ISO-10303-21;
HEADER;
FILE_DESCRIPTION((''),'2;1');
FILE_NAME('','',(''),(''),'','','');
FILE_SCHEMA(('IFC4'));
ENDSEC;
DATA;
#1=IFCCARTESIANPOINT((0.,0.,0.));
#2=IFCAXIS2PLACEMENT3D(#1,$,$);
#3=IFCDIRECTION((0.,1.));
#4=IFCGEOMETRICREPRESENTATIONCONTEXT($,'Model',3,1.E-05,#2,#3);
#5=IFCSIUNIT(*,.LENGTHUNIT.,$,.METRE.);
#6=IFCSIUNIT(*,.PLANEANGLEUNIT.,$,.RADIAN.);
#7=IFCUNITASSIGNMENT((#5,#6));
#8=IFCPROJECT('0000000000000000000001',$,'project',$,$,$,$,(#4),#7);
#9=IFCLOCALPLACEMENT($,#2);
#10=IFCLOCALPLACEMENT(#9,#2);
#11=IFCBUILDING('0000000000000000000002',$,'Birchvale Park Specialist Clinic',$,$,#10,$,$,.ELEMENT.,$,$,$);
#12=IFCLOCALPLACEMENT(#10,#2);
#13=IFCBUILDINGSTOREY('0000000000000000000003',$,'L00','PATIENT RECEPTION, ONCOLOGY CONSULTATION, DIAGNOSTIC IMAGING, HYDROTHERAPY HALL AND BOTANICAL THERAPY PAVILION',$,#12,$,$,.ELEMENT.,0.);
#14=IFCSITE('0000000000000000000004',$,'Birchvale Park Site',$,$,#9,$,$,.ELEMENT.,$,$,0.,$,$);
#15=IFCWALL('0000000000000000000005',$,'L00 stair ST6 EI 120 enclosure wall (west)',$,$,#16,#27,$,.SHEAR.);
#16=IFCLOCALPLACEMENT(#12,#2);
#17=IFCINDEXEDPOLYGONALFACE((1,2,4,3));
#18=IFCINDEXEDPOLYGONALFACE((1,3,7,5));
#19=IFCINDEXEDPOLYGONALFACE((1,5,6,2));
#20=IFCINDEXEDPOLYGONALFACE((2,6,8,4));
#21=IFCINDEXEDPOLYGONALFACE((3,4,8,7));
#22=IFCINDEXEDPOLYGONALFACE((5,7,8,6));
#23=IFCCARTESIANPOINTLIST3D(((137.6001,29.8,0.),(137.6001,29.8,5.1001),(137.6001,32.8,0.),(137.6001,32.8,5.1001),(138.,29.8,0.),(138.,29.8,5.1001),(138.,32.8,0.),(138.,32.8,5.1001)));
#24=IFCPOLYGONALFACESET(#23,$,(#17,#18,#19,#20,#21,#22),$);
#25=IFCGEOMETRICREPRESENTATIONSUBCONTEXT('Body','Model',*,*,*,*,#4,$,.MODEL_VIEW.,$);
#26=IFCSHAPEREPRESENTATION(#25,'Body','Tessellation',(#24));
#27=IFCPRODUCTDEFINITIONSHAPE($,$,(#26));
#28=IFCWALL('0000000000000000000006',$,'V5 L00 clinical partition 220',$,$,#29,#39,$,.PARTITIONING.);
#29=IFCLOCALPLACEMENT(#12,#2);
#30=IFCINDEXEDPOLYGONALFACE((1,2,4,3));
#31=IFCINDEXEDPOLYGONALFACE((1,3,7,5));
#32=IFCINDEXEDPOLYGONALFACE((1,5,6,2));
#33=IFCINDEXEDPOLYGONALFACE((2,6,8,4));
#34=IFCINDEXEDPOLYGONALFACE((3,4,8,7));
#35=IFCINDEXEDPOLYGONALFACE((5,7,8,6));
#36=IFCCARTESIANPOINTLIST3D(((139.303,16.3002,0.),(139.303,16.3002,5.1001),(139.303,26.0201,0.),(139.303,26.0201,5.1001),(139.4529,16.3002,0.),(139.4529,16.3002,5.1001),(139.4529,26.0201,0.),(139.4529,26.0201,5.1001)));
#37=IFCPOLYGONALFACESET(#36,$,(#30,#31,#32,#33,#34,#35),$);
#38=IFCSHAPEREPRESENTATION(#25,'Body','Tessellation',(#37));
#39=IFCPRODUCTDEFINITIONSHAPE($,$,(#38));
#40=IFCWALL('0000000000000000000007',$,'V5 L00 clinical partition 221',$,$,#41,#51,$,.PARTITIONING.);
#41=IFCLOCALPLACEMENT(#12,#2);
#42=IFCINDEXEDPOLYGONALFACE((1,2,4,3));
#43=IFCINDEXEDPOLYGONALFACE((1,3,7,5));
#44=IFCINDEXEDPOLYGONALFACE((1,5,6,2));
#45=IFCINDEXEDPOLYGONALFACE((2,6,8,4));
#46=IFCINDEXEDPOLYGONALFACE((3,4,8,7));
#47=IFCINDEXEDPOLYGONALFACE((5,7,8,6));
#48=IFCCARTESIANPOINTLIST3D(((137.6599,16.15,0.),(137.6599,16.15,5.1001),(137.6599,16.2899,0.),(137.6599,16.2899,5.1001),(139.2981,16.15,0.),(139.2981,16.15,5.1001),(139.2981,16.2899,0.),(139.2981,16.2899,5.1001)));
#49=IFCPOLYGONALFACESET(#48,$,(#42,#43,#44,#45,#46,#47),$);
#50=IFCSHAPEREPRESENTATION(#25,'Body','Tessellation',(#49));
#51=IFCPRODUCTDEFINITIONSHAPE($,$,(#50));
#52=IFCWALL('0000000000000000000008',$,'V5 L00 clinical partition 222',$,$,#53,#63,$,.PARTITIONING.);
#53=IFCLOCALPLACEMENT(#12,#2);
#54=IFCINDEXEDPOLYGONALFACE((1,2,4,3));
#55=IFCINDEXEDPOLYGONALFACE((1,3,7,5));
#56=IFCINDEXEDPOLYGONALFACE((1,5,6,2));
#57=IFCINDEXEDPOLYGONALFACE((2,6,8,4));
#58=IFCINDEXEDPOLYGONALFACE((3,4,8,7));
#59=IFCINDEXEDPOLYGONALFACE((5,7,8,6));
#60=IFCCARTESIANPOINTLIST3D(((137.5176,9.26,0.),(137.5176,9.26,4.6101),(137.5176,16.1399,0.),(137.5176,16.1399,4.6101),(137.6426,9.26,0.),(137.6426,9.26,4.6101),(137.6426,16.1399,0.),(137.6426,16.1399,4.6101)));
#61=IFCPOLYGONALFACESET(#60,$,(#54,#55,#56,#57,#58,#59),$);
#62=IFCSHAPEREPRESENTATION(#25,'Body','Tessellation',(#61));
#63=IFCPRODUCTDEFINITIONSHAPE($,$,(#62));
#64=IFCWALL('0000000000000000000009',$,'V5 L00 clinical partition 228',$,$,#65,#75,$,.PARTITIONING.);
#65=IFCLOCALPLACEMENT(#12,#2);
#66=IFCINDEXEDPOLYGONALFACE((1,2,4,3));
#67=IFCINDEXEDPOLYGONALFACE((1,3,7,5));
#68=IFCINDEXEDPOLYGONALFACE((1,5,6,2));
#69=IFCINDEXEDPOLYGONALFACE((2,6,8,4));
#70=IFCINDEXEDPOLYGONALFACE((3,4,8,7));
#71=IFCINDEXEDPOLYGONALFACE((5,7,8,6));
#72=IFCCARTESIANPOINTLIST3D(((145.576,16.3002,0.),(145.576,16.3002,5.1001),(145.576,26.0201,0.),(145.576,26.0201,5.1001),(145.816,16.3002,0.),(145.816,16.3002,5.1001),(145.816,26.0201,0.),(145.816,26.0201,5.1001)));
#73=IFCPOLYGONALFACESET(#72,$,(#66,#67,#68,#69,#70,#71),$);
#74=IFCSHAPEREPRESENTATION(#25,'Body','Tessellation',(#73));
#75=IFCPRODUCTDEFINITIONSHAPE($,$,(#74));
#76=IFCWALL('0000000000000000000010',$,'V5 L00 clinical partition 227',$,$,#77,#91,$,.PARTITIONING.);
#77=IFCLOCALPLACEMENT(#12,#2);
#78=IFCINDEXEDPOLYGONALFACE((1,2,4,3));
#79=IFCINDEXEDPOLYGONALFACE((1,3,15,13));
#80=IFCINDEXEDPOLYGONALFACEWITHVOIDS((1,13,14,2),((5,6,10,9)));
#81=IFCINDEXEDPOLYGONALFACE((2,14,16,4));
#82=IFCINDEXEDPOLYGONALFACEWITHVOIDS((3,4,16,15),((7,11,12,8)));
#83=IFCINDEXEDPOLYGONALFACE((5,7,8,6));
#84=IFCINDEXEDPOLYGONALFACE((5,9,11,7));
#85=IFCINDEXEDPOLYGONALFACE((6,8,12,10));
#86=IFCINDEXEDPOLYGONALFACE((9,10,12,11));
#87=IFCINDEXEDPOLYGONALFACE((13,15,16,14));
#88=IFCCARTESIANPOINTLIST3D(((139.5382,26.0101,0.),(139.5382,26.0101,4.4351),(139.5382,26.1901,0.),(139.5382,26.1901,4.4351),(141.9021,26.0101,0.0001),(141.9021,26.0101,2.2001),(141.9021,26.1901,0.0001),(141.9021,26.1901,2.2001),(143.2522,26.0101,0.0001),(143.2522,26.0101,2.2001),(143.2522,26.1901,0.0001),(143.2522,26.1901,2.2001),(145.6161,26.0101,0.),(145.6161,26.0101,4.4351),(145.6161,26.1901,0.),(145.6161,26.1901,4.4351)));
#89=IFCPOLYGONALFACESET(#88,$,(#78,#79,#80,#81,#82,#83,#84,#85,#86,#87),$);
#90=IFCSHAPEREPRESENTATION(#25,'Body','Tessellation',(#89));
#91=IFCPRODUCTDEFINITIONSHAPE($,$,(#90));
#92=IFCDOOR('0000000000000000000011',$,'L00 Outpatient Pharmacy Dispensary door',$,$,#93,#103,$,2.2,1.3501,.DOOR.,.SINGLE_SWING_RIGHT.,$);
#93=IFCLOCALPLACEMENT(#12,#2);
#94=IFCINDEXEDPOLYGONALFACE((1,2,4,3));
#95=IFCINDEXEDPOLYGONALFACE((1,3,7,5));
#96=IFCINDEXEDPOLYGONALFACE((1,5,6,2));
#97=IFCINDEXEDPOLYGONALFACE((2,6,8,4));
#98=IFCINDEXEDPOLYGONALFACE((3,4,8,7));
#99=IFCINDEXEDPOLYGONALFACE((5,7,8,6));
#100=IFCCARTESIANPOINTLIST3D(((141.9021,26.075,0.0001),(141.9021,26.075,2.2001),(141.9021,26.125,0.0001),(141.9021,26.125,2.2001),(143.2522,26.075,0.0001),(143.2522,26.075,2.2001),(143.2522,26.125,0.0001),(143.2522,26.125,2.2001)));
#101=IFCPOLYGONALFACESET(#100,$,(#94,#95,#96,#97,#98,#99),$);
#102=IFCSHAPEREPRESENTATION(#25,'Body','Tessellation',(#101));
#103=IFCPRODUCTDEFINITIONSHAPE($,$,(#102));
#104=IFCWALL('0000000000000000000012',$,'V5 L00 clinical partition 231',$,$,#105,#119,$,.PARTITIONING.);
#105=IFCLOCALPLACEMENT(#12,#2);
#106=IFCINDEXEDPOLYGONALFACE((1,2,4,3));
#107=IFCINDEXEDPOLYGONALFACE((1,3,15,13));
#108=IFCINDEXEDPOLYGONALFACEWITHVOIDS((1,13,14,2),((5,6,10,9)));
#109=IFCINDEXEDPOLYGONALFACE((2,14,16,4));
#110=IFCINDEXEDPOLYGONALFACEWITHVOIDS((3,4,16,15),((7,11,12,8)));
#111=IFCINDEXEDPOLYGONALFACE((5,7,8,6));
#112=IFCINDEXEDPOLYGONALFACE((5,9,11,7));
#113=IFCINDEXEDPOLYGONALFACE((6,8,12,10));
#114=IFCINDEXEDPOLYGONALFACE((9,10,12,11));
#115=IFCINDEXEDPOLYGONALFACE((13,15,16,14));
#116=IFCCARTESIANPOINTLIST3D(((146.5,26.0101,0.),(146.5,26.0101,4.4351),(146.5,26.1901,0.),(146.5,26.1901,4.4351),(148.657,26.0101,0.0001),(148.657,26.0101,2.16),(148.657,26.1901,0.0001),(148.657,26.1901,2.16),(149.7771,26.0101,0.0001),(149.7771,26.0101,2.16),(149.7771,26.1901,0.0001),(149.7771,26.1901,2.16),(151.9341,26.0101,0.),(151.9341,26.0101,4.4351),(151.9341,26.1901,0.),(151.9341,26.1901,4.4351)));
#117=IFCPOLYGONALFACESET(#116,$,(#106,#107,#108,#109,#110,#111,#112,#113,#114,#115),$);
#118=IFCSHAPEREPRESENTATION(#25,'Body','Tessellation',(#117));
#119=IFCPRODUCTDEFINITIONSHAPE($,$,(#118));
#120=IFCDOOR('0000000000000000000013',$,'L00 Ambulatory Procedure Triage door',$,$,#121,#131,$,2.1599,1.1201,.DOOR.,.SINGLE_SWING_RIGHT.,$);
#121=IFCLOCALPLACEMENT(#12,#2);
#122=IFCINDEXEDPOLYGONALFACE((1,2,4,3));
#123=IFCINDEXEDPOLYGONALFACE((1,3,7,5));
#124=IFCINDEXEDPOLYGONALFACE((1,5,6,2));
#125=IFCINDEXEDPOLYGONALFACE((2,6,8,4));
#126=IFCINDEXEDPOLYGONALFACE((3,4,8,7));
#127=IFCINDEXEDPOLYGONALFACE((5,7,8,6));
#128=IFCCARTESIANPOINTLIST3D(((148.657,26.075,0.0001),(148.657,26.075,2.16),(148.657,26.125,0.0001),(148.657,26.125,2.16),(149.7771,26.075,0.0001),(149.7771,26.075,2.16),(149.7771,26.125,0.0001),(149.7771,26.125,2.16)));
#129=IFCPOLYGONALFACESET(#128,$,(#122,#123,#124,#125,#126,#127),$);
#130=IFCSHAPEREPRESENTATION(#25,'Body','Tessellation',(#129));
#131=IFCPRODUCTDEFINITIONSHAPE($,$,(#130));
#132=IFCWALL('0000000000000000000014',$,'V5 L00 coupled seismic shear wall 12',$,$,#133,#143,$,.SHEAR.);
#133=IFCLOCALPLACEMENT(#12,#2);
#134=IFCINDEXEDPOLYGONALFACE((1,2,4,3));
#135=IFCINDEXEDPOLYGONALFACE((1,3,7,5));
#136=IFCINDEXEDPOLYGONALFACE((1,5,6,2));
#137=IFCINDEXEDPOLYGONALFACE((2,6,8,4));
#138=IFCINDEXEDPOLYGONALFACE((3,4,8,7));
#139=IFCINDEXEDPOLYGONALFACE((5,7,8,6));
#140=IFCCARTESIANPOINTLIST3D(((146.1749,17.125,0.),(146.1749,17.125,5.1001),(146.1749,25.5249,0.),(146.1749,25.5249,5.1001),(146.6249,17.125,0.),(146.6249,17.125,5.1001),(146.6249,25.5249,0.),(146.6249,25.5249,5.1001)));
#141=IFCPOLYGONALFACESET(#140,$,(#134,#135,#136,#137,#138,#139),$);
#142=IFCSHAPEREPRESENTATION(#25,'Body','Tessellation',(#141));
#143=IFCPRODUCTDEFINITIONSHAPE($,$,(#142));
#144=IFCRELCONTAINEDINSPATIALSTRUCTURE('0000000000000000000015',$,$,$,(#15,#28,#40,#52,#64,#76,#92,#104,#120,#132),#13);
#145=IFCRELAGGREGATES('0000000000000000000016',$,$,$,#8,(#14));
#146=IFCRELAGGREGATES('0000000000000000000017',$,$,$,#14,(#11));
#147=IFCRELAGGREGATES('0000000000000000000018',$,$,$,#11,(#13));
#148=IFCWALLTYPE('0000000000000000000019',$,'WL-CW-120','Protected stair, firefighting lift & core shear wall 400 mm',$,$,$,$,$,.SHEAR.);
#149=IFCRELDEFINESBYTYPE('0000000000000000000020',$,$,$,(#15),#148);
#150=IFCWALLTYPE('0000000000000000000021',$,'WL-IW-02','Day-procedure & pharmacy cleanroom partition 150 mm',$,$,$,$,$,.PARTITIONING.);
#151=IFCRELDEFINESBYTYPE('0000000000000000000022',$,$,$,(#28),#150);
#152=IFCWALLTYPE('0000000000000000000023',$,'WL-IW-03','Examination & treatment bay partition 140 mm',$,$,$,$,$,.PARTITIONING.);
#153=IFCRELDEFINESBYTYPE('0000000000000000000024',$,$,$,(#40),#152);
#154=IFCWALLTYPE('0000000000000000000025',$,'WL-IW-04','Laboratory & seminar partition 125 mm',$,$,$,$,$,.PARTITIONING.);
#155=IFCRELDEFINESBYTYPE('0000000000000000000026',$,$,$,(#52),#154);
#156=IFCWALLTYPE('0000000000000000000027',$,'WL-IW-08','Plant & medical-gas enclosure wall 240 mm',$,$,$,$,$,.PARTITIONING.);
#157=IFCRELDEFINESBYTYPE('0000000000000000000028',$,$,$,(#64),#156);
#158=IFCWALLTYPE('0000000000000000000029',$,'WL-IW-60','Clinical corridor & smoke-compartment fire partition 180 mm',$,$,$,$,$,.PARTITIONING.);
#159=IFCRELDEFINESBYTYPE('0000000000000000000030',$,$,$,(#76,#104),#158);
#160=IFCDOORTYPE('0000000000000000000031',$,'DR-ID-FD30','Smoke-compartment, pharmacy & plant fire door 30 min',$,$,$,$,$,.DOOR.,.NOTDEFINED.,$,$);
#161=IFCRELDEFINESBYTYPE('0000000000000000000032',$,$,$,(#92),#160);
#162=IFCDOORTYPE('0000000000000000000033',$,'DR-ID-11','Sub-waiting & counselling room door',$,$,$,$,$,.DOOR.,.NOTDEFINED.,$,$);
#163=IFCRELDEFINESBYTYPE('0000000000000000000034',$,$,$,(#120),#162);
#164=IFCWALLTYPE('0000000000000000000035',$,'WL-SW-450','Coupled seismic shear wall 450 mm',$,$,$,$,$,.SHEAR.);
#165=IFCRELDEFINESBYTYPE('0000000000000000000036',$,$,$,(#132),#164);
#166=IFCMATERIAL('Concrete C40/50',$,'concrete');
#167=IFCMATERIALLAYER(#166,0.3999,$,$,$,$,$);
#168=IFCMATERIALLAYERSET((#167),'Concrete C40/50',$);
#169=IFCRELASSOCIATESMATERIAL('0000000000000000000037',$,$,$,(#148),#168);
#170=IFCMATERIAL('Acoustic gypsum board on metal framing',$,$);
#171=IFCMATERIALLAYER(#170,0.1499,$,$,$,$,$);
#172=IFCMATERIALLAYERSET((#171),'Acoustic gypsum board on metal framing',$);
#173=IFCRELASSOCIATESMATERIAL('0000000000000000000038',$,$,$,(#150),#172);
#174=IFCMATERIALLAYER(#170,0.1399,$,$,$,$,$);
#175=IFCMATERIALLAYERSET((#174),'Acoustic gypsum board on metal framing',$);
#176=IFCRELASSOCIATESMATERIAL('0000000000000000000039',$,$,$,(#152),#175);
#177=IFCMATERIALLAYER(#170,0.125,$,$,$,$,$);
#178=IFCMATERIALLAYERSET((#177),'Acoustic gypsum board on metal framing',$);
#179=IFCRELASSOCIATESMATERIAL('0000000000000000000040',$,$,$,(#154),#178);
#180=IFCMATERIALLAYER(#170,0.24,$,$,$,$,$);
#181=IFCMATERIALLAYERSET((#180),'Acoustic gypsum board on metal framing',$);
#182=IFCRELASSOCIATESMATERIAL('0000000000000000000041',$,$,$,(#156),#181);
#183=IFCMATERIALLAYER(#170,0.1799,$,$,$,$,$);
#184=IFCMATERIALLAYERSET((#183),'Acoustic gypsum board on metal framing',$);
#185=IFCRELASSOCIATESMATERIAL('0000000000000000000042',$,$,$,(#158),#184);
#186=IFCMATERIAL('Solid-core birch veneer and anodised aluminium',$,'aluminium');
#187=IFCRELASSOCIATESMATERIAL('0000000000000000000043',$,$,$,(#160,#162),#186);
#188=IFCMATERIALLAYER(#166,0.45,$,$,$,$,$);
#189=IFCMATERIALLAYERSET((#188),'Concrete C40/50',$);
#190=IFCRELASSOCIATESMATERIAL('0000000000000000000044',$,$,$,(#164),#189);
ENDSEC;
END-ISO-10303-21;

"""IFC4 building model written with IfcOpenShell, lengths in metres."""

from ifc_helpers import new_model, si_unit, direction, frame, frame_2d, origin, place, context, subcontext, project, spatial, rectangle, extrude, material, layer, layer_set, type_object, element, fill, save


model = new_model("IFC4")

# Units and contexts
model_context = context("Model", 3, precision=1e-05, world=origin(), true_north=direction((0.0, 1.0)))
body_context = subcontext(model_context, "Body", "Model", "MODEL_VIEW")
ifc_project = project(units=[si_unit("LENGTHUNIT", "METRE"), si_unit("PLANEANGLEUNIT", "RADIAN")], contexts=[model_context])

# Site, building, storey
site_placement = place(None, origin())
site = spatial("IfcSite", under=ifc_project, at=site_placement, Name="Birchvale Park Site", CompositionType="ELEMENT", RefElevation=0.0)
building_placement = place(site_placement, origin())
building = spatial("IfcBuilding", under=site, at=building_placement, Name="Birchvale Park Specialist Clinic", CompositionType="ELEMENT")
storey_placement = place(building_placement, origin())
storey = spatial("IfcBuildingStorey", under=building, at=storey_placement, Name="L00", Description="PATIENT RECEPTION, ONCOLOGY CONSULTATION, DIAGNOSTIC IMAGING, HYDROTHERAPY HALL AND BOTANICAL THERAPY PAVILION", CompositionType="ELEMENT", Elevation=0.0)

# Shared definitions
ifc_material_1 = material(Name="Concrete C40/50", Category="concrete")

# Shared definitions
ifc_layer_1 = layer(ifc_material_1, 0.3999)
ifc_layer_set_1 = layer_set([ifc_layer_1], Name="Concrete C40/50")
wall_type_1 = type_object("IfcWallType", Name="WL-CW-120", Description="Protected stair, firefighting lift & core shear wall 400 mm", PredefinedType="SHEAR", material=ifc_layer_set_1)
ifc_material_2 = material(Name="Solid-core birch veneer and anodised aluminium", Category="aluminium")

# Walls
wall_1_placement = place(storey_placement, frame((137.8, 29.8, 0.0), z_axis=(0.0, 0.0, 1.0), x_axis=(0.0, 1.0, 0.0)))
element("IfcWall", 1, at=wall_1_placement, inside=storey, type_object=wall_type_1, Name="L00 stair ST6 EI 120 enclosure wall (west)", PredefinedType="SHEAR", context=body_context, shape_type="SweptSolid", body=[
    extrude(rectangle(XDim=3.0, YDim=0.3999, at=frame_2d((1.5, 0.0))), origin(), (0.0, 0.0, 1.0), 5.1001),
])
ifc_material_3 = material(Name="Acoustic gypsum board on metal framing")
ifc_layer_2 = layer(ifc_material_3, 0.1499)
ifc_layer_set_2 = layer_set([ifc_layer_2], Name="Acoustic gypsum board on metal framing")
wall_type_2 = type_object("IfcWallType", Name="WL-IW-02", Description="Day-procedure & pharmacy cleanroom partition 150 mm", PredefinedType="PARTITIONING", material=ifc_layer_set_2)
wall_2_placement = place(storey_placement, frame((139.3779, 26.02, 0.0), z_axis=(0.0, 0.0, 1.0), x_axis=(0.0, -1.0, 0.0)))
element("IfcWall", 2, at=wall_2_placement, inside=storey, type_object=wall_type_2, Name="V5 L00 clinical partition 220", PredefinedType="PARTITIONING", context=body_context, shape_type="SweptSolid", body=[
    extrude(rectangle(XDim=9.72, YDim=0.1499, at=frame_2d((4.8599, 0.0))), origin(), (0.0, 0.0, 1.0), 5.1001),
])
ifc_layer_3 = layer(ifc_material_3, 0.1399)
ifc_layer_set_3 = layer_set([ifc_layer_3], Name="Acoustic gypsum board on metal framing")
wall_type_3 = type_object("IfcWallType", Name="WL-IW-03", Description="Examination & treatment bay partition 140 mm", PredefinedType="PARTITIONING", material=ifc_layer_set_3)
wall_3_placement = place(storey_placement, frame((139.2981, 16.22, 0.0), z_axis=(0.0, 0.0, 1.0), x_axis=(-1.0, 0.0, 0.0)))
element("IfcWall", 3, at=wall_3_placement, inside=storey, type_object=wall_type_3, Name="V5 L00 clinical partition 221", PredefinedType="PARTITIONING", context=body_context, shape_type="SweptSolid", body=[
    extrude(rectangle(XDim=1.6382, YDim=0.1399, at=frame_2d((0.8191, 0.0))), origin(), (0.0, 0.0, 1.0), 5.1001),
])
ifc_layer_4 = layer(ifc_material_3, 0.125)
ifc_layer_set_4 = layer_set([ifc_layer_4], Name="Acoustic gypsum board on metal framing")
wall_type_4 = type_object("IfcWallType", Name="WL-IW-04", Description="Laboratory & seminar partition 125 mm", PredefinedType="PARTITIONING", material=ifc_layer_set_4)
wall_4_placement = place(storey_placement, frame((137.5801, 16.1399, 0.0), z_axis=(0.0, 0.0, 1.0), x_axis=(0.0, -1.0, 0.0)))
element("IfcWall", 4, at=wall_4_placement, inside=storey, type_object=wall_type_4, Name="V5 L00 clinical partition 222", PredefinedType="PARTITIONING", context=body_context, shape_type="SweptSolid", body=[
    extrude(rectangle(XDim=6.8799, YDim=0.125, at=frame_2d((3.4399, 0.0))), origin(), (0.0, 0.0, 1.0), 4.6101),
])
ifc_layer_5 = layer(ifc_material_3, 0.24)
ifc_layer_set_5 = layer_set([ifc_layer_5], Name="Acoustic gypsum board on metal framing")
wall_type_5 = type_object("IfcWallType", Name="WL-IW-08", Description="Plant & medical-gas enclosure wall 240 mm", PredefinedType="PARTITIONING", material=ifc_layer_set_5)
wall_5_placement = place(storey_placement, frame((145.696, 26.02, 0.0), z_axis=(0.0, 0.0, 1.0), x_axis=(0.0, -1.0, 0.0)))
element("IfcWall", 5, at=wall_5_placement, inside=storey, type_object=wall_type_5, Name="V5 L00 clinical partition 228", PredefinedType="PARTITIONING", context=body_context, shape_type="SweptSolid", body=[
    extrude(rectangle(XDim=9.72, YDim=0.24, at=frame_2d((4.8599, 0.0))), origin(), (0.0, 0.0, 1.0), 5.1001),
])

# Walls, openings, doors
ifc_layer_6 = layer(ifc_material_3, 0.1799)
ifc_layer_set_6 = layer_set([ifc_layer_6], Name="Acoustic gypsum board on metal framing")
wall_type_6 = type_object("IfcWallType", Name="WL-IW-60", Description="Clinical corridor & smoke-compartment fire partition 180 mm", PredefinedType="PARTITIONING", material=ifc_layer_set_6)
wall_6_placement = place(storey_placement, frame((139.5381, 26.1001, 0.0), z_axis=(0.0, 0.0, 1.0), x_axis=(1.0, 0.0, 0.0)))
wall_6 = element("IfcWall", 6, at=wall_6_placement, inside=storey, type_object=wall_type_6, Name="V5 L00 clinical partition 227", PredefinedType="PARTITIONING", context=body_context, shape_type="SweptSolid", body=[
    extrude(rectangle(XDim=6.0779, YDim=0.1799, at=frame_2d((3.0391, 0.0))), origin(), (0.0, 0.0, 1.0), 4.4351),
])
opening_1_placement = place(wall_6_placement, frame((2.364, 0.0, 0.0)))
opening_1 = element("IfcOpeningElement", 7, at=opening_1_placement, cuts=wall_6, PredefinedType="OPENING", context=body_context, shape_type="SweptSolid", body=[
    extrude(rectangle(XDim=1.3501, YDim=2.2, at=frame_2d((0.675, 1.1001))), frame((0.0, 0.1001, 0.0), z_axis=(0.0, -1.0, 0.0), x_axis=(1.0, 0.0, 0.0)), (0.0, 0.0, 1.0), 0.2),
])
door_type_1 = type_object("IfcDoorType", Name="DR-ID-FD30", Description="Smoke-compartment, pharmacy & plant fire door 30 min", OperationType="NOTDEFINED", PredefinedType="DOOR", material=ifc_material_2)
door_1_placement = place(opening_1_placement, origin())
door_1 = element("IfcDoor", 8, at=door_1_placement, inside=storey, type_object=door_type_1, Name="L00 Outpatient Pharmacy Dispensary door", OperationType="SINGLE_SWING_RIGHT", OverallHeight=2.2, OverallWidth=1.3501, PredefinedType="DOOR", context=body_context, shape_type="SweptSolid", body=[
    extrude(rectangle(XDim=1.3501, YDim=2.2, at=frame_2d((0.675, 1.1001))), frame((0.0, 0.0249, 0.0), z_axis=(0.0, -1.0, 0.0), x_axis=(1.0, 0.0, 0.0)), (0.0, 0.0, 1.0), 0.05),
])
fill(opening_1, door_1)
wall_7_placement = place(storey_placement, frame((146.5, 26.1001, 0.0), z_axis=(0.0, 0.0, 1.0), x_axis=(1.0, 0.0, 0.0)))
wall_7 = element("IfcWall", 9, at=wall_7_placement, inside=storey, type_object=wall_type_6, Name="V5 L00 clinical partition 231", PredefinedType="PARTITIONING", context=body_context, shape_type="SweptSolid", body=[
    extrude(rectangle(XDim=5.4341, YDim=0.1799, at=frame_2d((2.717, 0.0))), origin(), (0.0, 0.0, 1.0), 4.4351),
])
opening_2_placement = place(wall_7_placement, frame((2.157, 0.0, 0.0)))
opening_2 = element("IfcOpeningElement", 10, at=opening_2_placement, cuts=wall_7, PredefinedType="OPENING", context=body_context, shape_type="SweptSolid", body=[
    extrude(rectangle(XDim=1.1201, YDim=2.1599, at=frame_2d((0.5601, 1.0801))), frame((0.0, 0.1001, 0.0), z_axis=(0.0, -1.0, 0.0), x_axis=(1.0, 0.0, 0.0)), (0.0, 0.0, 1.0), 0.2),
])
door_type_2 = type_object("IfcDoorType", Name="DR-ID-11", Description="Sub-waiting & counselling room door", OperationType="NOTDEFINED", PredefinedType="DOOR", material=ifc_material_2)
door_2_placement = place(opening_2_placement, origin())
door_2 = element("IfcDoor", 11, at=door_2_placement, inside=storey, type_object=door_type_2, Name="L00 Ambulatory Procedure Triage door", OperationType="SINGLE_SWING_RIGHT", OverallHeight=2.1599, OverallWidth=1.1201, PredefinedType="DOOR", context=body_context, shape_type="SweptSolid", body=[
    extrude(rectangle(XDim=1.1201, YDim=2.1599, at=frame_2d((0.5601, 1.0801))), frame((0.0, 0.0249, 0.0), z_axis=(0.0, -1.0, 0.0), x_axis=(1.0, 0.0, 0.0)), (0.0, 0.0, 1.0), 0.05),
])
fill(opening_2, door_2)

# Wall
ifc_layer_7 = layer(ifc_material_1, 0.45)
ifc_layer_set_7 = layer_set([ifc_layer_7], Name="Concrete C40/50")
wall_type_7 = type_object("IfcWallType", Name="WL-SW-450", Description="Coupled seismic shear wall 450 mm", PredefinedType="SHEAR", material=ifc_layer_set_7)
wall_8_placement = place(storey_placement, frame((146.3999, 17.125, 0.0), z_axis=(0.0, 0.0, 1.0), x_axis=(0.0, 1.0, 0.0)))
element("IfcWall", 12, at=wall_8_placement, inside=storey, type_object=wall_type_7, Name="V5 L00 coupled seismic shear wall 12", PredefinedType="SHEAR", context=body_context, shape_type="SweptSolid", body=[
    extrude(rectangle(XDim=8.3999, YDim=0.45, at=frame_2d((4.2, 0.0))), origin(), (0.0, 0.0, 1.0), 5.1001),
])

save(model, "model.ifc")
